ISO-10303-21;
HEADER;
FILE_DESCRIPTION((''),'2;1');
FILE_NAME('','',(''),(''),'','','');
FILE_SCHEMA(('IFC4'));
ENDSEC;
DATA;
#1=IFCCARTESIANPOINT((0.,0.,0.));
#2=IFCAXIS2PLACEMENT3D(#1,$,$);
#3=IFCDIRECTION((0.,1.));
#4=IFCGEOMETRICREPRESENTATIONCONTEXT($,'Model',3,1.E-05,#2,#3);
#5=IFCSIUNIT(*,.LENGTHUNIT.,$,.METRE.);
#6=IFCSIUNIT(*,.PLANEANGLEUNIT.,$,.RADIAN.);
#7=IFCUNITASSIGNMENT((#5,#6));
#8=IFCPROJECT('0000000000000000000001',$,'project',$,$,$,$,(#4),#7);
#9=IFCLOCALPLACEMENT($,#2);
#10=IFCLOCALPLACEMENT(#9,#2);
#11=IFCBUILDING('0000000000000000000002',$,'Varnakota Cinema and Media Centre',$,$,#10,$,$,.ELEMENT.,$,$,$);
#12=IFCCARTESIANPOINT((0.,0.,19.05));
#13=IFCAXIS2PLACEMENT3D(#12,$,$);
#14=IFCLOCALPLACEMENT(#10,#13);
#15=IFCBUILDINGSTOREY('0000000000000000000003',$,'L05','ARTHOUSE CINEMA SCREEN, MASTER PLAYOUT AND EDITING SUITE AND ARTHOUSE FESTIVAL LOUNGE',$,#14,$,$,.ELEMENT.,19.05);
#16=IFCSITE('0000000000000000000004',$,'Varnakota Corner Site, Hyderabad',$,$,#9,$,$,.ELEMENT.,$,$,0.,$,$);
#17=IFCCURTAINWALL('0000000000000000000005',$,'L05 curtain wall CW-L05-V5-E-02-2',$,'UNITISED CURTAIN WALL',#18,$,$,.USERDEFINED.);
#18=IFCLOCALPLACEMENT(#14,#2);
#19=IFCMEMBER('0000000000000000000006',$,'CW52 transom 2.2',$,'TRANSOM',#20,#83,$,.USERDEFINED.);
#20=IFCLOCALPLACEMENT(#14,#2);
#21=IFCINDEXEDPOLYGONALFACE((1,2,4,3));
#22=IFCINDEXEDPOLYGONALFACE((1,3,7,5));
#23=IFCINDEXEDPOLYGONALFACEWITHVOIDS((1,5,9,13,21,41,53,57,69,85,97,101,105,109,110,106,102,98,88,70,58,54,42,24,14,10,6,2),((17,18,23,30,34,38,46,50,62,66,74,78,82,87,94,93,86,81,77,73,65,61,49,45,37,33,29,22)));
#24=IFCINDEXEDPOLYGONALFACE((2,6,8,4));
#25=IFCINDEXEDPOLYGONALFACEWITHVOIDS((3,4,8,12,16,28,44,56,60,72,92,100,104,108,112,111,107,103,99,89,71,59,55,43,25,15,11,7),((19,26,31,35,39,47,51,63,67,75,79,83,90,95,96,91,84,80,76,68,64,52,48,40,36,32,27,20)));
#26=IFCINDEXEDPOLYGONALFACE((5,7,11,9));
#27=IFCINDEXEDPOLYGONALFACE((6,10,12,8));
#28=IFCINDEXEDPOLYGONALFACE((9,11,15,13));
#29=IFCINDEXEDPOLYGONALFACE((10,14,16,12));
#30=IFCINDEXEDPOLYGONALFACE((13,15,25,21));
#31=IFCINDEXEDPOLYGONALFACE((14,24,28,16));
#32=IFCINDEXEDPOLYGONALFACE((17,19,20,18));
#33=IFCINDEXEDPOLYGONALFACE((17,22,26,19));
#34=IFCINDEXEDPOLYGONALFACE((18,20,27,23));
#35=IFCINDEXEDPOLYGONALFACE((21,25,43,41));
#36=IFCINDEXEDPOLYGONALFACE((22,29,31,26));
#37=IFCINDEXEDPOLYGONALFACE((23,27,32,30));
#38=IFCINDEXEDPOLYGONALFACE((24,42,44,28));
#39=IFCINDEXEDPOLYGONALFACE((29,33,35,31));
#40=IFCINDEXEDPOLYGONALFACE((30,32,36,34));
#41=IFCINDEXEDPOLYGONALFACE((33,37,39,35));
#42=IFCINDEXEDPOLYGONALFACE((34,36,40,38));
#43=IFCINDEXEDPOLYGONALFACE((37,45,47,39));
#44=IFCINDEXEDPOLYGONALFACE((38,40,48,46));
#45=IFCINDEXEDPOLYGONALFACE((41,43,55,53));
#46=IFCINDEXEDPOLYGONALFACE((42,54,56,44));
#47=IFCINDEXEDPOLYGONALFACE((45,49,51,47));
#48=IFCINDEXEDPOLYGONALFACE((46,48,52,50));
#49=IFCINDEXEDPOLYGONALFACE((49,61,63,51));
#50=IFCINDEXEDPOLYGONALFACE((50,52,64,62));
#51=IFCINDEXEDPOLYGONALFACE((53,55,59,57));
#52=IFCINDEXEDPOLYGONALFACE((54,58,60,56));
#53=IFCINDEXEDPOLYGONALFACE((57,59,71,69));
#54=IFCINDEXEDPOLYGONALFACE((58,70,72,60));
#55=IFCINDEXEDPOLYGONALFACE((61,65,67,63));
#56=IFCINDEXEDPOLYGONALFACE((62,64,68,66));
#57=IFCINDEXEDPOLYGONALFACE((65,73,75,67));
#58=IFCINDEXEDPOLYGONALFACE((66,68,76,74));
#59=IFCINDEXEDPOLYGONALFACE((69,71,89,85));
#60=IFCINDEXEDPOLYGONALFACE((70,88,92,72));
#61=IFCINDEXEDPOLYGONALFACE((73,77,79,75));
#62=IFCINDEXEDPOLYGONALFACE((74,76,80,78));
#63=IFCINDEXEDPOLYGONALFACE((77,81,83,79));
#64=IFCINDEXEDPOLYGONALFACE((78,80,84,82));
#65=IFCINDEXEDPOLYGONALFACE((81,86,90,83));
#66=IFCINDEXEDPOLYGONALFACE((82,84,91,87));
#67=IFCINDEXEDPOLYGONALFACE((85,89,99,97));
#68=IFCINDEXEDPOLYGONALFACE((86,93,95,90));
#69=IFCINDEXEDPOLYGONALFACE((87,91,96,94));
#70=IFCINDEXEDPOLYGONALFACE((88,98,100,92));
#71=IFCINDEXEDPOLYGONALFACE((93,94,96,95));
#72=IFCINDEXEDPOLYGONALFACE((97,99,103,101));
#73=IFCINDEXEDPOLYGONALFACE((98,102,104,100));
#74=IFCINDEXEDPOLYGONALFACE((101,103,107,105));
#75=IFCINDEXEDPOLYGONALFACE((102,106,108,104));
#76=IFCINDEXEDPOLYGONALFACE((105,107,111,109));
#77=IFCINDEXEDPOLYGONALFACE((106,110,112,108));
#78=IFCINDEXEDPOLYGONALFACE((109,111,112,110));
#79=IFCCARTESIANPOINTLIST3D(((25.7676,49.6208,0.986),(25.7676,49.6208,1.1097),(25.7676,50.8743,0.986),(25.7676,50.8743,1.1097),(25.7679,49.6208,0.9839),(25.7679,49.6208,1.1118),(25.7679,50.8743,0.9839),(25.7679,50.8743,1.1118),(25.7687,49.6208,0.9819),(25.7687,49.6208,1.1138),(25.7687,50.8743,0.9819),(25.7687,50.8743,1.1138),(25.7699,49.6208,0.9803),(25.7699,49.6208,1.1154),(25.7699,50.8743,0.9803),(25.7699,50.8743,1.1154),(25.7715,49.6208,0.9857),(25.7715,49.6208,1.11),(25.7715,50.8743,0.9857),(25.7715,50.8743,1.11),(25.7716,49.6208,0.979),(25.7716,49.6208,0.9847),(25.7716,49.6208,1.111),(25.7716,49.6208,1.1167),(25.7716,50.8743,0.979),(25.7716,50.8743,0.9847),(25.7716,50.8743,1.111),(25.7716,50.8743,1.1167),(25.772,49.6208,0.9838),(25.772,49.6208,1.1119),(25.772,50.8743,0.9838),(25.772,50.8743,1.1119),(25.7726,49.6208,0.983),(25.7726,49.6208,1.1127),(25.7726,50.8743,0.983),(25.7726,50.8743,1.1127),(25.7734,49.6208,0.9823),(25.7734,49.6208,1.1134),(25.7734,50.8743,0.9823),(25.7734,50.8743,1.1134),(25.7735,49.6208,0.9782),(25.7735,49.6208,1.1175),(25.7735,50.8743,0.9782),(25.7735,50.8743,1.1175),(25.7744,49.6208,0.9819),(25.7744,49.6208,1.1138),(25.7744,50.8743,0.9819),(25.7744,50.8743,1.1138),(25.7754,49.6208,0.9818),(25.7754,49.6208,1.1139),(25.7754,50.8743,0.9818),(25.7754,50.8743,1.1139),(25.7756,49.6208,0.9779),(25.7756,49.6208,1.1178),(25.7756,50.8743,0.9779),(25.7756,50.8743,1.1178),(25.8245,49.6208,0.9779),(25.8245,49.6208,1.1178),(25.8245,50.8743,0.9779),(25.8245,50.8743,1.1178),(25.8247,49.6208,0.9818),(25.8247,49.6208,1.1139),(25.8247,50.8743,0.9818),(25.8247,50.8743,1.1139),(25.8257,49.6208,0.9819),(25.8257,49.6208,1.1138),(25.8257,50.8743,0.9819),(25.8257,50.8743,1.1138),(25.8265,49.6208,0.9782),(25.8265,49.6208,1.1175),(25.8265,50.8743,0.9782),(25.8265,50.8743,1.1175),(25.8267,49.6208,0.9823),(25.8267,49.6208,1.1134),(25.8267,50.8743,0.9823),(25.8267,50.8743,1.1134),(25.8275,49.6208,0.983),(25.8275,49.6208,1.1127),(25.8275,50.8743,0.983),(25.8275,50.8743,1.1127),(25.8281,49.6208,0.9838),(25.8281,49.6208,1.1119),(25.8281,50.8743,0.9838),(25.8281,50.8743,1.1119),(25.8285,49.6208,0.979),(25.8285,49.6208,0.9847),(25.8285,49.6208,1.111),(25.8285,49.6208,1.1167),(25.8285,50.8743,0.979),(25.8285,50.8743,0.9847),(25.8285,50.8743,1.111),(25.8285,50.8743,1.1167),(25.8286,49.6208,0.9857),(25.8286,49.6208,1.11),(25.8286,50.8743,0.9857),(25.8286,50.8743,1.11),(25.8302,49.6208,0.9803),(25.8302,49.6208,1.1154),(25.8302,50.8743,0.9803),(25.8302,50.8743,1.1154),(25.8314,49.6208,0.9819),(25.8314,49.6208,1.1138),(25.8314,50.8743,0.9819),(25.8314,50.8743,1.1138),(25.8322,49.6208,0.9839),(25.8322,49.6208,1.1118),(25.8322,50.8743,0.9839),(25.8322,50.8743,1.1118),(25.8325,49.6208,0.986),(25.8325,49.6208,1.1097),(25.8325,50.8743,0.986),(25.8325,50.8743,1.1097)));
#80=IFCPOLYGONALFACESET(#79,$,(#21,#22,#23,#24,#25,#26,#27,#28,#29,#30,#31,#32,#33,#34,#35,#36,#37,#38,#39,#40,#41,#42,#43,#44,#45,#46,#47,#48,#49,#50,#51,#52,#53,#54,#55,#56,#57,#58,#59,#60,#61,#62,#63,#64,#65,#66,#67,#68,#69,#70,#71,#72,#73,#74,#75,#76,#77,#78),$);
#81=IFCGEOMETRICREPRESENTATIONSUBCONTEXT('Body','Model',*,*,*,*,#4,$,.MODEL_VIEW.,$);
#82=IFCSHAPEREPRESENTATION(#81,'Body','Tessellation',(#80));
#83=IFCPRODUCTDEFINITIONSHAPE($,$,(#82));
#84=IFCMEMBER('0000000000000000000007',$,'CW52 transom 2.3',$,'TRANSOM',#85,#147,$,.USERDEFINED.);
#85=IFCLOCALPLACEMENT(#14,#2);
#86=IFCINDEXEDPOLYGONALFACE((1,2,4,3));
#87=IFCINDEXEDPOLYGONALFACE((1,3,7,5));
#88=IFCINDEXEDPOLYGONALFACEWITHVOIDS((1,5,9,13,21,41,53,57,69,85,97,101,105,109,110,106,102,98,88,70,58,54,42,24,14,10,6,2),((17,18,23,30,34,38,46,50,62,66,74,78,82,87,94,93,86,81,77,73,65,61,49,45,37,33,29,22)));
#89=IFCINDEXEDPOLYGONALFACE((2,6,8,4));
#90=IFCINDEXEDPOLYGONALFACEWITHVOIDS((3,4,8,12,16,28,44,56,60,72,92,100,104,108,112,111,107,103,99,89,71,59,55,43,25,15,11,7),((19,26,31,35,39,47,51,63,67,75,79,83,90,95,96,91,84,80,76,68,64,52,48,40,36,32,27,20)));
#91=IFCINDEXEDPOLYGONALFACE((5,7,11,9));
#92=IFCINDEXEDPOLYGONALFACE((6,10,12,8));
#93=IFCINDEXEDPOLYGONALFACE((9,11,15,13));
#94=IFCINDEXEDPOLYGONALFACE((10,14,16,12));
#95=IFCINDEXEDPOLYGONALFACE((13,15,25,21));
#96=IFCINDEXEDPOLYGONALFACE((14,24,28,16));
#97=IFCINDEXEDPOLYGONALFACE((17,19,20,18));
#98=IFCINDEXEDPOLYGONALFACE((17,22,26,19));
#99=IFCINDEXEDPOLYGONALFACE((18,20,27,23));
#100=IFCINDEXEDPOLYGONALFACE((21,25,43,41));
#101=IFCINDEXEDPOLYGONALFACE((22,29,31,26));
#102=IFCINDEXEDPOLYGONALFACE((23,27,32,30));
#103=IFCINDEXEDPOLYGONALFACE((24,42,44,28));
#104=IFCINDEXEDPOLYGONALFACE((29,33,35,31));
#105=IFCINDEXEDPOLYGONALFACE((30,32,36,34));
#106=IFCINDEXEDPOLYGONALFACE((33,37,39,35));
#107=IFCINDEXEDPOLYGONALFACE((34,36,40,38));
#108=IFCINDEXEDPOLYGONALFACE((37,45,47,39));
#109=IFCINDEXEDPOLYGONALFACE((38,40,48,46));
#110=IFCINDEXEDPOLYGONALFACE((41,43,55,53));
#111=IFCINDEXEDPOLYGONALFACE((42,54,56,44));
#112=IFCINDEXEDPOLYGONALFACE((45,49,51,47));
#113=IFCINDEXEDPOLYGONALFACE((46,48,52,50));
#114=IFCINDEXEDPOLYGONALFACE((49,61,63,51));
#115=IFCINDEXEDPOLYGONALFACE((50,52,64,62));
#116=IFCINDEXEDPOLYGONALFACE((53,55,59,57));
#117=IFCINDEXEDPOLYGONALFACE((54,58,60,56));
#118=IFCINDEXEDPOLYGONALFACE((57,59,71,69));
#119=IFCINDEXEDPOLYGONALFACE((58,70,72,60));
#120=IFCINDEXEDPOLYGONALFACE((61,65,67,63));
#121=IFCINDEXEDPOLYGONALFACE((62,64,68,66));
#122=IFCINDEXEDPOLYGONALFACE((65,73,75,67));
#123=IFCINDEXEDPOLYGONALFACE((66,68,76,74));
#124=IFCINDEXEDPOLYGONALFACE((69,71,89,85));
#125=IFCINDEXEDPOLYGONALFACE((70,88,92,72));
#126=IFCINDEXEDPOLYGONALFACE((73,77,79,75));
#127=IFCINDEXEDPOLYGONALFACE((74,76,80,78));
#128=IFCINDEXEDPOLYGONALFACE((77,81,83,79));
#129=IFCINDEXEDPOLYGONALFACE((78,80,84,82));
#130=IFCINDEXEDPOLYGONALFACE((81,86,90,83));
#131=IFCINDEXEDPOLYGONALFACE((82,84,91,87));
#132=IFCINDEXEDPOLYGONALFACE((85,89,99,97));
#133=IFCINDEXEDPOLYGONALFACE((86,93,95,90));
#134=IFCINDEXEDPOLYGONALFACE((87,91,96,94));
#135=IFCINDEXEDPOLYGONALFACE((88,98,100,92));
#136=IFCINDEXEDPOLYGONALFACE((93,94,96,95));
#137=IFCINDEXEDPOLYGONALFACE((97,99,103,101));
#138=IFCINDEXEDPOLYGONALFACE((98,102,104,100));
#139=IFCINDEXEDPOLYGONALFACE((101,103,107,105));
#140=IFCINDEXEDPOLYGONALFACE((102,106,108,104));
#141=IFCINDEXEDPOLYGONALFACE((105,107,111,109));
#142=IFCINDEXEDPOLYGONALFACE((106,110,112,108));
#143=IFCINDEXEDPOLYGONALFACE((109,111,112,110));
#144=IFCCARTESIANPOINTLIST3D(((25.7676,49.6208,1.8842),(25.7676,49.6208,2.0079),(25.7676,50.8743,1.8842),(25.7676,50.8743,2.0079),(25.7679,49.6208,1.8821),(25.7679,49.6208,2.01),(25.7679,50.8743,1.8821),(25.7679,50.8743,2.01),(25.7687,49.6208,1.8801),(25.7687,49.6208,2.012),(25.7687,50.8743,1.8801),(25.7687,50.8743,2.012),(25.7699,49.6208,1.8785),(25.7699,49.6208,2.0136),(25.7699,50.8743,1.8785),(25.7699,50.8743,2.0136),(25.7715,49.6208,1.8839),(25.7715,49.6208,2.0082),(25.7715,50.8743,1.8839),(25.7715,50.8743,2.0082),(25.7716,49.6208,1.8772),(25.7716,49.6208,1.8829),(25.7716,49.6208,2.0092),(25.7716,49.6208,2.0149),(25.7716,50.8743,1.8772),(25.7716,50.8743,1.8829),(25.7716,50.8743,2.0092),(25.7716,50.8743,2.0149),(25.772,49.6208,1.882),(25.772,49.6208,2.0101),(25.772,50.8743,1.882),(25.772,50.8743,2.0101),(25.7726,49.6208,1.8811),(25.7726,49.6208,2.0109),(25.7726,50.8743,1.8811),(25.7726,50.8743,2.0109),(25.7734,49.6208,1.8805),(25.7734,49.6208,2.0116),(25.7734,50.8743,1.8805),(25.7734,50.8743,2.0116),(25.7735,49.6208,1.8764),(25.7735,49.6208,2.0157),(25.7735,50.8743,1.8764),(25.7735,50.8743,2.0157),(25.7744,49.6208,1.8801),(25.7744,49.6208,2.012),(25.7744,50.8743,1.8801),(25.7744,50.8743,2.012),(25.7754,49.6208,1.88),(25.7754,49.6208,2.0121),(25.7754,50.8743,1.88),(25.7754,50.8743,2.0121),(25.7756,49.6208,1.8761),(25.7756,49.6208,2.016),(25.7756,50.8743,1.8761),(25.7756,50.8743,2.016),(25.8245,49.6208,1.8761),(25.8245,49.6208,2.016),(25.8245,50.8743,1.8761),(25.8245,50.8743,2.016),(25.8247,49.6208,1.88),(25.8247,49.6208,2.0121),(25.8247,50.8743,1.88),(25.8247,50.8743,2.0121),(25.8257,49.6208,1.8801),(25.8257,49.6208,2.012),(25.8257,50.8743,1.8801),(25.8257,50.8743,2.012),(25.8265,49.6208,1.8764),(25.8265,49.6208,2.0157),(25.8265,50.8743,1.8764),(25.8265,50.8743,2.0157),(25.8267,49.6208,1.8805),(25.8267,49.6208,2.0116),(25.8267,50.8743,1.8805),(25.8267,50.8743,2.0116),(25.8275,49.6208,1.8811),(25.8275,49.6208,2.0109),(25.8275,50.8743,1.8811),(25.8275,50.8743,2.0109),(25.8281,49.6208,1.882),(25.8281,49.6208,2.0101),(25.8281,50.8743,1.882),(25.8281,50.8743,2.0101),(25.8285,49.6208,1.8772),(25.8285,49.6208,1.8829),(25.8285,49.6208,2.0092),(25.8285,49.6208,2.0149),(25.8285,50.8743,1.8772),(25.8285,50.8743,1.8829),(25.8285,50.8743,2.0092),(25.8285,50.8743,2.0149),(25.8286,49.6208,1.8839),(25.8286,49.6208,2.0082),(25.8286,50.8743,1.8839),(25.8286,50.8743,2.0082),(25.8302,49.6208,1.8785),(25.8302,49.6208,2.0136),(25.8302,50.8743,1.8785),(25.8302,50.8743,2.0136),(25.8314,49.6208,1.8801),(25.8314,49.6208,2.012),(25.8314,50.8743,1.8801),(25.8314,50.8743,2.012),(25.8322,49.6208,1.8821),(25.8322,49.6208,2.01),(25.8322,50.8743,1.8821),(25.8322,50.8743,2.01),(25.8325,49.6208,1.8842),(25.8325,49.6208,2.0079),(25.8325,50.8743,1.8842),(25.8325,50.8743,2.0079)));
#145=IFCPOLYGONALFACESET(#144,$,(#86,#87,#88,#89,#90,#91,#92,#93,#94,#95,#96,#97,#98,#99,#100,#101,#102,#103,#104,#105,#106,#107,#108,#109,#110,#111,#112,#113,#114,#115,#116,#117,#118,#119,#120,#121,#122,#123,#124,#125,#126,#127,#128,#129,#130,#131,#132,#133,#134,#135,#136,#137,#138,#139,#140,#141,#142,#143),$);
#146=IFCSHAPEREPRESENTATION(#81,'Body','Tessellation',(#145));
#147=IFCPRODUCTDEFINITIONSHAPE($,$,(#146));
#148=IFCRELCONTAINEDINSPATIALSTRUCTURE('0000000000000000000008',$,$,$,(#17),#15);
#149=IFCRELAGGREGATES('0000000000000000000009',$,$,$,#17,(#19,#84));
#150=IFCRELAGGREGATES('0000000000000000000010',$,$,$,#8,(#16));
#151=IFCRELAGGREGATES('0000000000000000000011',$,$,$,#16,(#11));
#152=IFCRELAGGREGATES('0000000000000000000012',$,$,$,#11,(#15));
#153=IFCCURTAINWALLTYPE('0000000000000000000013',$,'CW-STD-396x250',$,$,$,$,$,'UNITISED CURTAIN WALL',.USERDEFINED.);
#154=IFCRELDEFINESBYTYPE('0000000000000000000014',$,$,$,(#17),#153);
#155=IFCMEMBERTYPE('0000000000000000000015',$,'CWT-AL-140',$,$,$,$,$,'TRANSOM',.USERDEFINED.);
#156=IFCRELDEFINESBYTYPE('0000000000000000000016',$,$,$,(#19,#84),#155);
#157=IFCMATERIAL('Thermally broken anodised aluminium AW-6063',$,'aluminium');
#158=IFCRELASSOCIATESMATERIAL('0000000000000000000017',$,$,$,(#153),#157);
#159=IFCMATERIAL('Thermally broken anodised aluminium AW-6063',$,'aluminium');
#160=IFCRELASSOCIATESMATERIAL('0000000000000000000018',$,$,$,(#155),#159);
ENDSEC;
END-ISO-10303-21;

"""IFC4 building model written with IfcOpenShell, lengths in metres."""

from ifc_helpers import new_model, si_unit, direction, frame, origin, origin_2d, place, context, subcontext, project, spatial, hollow_rectangle, extrude, material, material_profile, profile_set, type_object, element, aggregate, save


model = new_model("IFC4")

# Units and contexts
model_context = context("Model", 3, precision=1e-05, world=origin(), true_north=direction((0.0, 1.0)))
body_context = subcontext(model_context, "Body", "Model", "MODEL_VIEW")
ifc_project = project(units=[si_unit("LENGTHUNIT", "METRE"), si_unit("PLANEANGLEUNIT", "RADIAN")], contexts=[model_context])

# Site, building, storey
site_placement = place(None, origin())
site = spatial("IfcSite", under=ifc_project, at=site_placement, Name="Varnakota Corner Site, Hyderabad", CompositionType="ELEMENT", RefElevation=0.0)
building_placement = place(site_placement, origin())
building = spatial("IfcBuilding", under=site, at=building_placement, Name="Varnakota Cinema and Media Centre", CompositionType="ELEMENT")
storey_placement = place(building_placement, frame((0.0, 0.0, 19.05)))
storey = spatial("IfcBuildingStorey", under=building, at=storey_placement, Name="L05", Description="ARTHOUSE CINEMA SCREEN, MASTER PLAYOUT AND EDITING SUITE AND ARTHOUSE FESTIVAL LOUNGE", CompositionType="ELEMENT", Elevation=19.05)

# Shared definitions
ifc_material_1 = material(Name="Thermally broken anodised aluminium AW-6063", Category="aluminium")
curtain_wall_type_1 = type_object("IfcCurtainWallType", Name="CW-STD-396x250", ElementType="UNITISED CURTAIN WALL", PredefinedType="USERDEFINED", material=ifc_material_1)

# Curtain wall
curtain_wall_1_placement = place(storey_placement, origin())
curtain_wall_1 = element("IfcCurtainWall", 1, at=curtain_wall_1_placement, inside=storey, type_object=curtain_wall_type_1, Name="L05 curtain wall CW-L05-V5-E-02-2", ObjectType="UNITISED CURTAIN WALL", PredefinedType="USERDEFINED")

# Members
ifc_material_2 = material(Name="Thermally broken anodised aluminium AW-6063", Category="aluminium")
ifc_material_profile_1 = material_profile(ifc_material_2, hollow_rectangle(XDim=0.0649, YDim=0.1399, WallThickness=0.0039, InnerFilletRadius=0.0039, OuterFilletRadius=0.0081, at=origin_2d()), Name="AL-TRANSOM 140x65x4")
ifc_profile_set_1 = profile_set([ifc_material_profile_1], Name="Thermally broken anodised aluminium AW-6063")
member_type_1 = type_object("IfcMemberType", Name="CWT-AL-140", ElementType="TRANSOM", PredefinedType="USERDEFINED", material=ifc_profile_set_1)
member_1_placement = place(storey_placement, frame((25.8, 49.6208, 1.0479), z_axis=(0.0, 1.0, 0.0), x_axis=(-1.0, 0.0, 0.0)))
member_1 = element("IfcMember", 2, at=member_1_placement, type_object=member_type_1, Name="CW52 transom 2.2", ObjectType="TRANSOM", PredefinedType="USERDEFINED", context=body_context, shape_type="SweptSolid", body=[
    extrude(hollow_rectangle(XDim=0.0649, YDim=0.1399, WallThickness=0.0039, InnerFilletRadius=0.0039, OuterFilletRadius=0.0081, at=origin_2d()), origin(), (0.0, 0.0, 1.0), 1.2534),
])
member_2_placement = place(storey_placement, frame((25.8, 49.6208, 1.946), z_axis=(0.0, 1.0, 0.0), x_axis=(-1.0, 0.0, 0.0)))
member_2 = element("IfcMember", 3, at=member_2_placement, type_object=member_type_1, Name="CW52 transom 2.3", ObjectType="TRANSOM", PredefinedType="USERDEFINED", context=body_context, shape_type="SweptSolid", body=[
    extrude(hollow_rectangle(XDim=0.0649, YDim=0.1399, WallThickness=0.0039, InnerFilletRadius=0.0039, OuterFilletRadius=0.0081, at=origin_2d()), origin(), (0.0, 0.0, 1.0), 1.2534),
])

aggregate(curtain_wall_1, [member_1, member_2])

save(model, "model.ifc")
